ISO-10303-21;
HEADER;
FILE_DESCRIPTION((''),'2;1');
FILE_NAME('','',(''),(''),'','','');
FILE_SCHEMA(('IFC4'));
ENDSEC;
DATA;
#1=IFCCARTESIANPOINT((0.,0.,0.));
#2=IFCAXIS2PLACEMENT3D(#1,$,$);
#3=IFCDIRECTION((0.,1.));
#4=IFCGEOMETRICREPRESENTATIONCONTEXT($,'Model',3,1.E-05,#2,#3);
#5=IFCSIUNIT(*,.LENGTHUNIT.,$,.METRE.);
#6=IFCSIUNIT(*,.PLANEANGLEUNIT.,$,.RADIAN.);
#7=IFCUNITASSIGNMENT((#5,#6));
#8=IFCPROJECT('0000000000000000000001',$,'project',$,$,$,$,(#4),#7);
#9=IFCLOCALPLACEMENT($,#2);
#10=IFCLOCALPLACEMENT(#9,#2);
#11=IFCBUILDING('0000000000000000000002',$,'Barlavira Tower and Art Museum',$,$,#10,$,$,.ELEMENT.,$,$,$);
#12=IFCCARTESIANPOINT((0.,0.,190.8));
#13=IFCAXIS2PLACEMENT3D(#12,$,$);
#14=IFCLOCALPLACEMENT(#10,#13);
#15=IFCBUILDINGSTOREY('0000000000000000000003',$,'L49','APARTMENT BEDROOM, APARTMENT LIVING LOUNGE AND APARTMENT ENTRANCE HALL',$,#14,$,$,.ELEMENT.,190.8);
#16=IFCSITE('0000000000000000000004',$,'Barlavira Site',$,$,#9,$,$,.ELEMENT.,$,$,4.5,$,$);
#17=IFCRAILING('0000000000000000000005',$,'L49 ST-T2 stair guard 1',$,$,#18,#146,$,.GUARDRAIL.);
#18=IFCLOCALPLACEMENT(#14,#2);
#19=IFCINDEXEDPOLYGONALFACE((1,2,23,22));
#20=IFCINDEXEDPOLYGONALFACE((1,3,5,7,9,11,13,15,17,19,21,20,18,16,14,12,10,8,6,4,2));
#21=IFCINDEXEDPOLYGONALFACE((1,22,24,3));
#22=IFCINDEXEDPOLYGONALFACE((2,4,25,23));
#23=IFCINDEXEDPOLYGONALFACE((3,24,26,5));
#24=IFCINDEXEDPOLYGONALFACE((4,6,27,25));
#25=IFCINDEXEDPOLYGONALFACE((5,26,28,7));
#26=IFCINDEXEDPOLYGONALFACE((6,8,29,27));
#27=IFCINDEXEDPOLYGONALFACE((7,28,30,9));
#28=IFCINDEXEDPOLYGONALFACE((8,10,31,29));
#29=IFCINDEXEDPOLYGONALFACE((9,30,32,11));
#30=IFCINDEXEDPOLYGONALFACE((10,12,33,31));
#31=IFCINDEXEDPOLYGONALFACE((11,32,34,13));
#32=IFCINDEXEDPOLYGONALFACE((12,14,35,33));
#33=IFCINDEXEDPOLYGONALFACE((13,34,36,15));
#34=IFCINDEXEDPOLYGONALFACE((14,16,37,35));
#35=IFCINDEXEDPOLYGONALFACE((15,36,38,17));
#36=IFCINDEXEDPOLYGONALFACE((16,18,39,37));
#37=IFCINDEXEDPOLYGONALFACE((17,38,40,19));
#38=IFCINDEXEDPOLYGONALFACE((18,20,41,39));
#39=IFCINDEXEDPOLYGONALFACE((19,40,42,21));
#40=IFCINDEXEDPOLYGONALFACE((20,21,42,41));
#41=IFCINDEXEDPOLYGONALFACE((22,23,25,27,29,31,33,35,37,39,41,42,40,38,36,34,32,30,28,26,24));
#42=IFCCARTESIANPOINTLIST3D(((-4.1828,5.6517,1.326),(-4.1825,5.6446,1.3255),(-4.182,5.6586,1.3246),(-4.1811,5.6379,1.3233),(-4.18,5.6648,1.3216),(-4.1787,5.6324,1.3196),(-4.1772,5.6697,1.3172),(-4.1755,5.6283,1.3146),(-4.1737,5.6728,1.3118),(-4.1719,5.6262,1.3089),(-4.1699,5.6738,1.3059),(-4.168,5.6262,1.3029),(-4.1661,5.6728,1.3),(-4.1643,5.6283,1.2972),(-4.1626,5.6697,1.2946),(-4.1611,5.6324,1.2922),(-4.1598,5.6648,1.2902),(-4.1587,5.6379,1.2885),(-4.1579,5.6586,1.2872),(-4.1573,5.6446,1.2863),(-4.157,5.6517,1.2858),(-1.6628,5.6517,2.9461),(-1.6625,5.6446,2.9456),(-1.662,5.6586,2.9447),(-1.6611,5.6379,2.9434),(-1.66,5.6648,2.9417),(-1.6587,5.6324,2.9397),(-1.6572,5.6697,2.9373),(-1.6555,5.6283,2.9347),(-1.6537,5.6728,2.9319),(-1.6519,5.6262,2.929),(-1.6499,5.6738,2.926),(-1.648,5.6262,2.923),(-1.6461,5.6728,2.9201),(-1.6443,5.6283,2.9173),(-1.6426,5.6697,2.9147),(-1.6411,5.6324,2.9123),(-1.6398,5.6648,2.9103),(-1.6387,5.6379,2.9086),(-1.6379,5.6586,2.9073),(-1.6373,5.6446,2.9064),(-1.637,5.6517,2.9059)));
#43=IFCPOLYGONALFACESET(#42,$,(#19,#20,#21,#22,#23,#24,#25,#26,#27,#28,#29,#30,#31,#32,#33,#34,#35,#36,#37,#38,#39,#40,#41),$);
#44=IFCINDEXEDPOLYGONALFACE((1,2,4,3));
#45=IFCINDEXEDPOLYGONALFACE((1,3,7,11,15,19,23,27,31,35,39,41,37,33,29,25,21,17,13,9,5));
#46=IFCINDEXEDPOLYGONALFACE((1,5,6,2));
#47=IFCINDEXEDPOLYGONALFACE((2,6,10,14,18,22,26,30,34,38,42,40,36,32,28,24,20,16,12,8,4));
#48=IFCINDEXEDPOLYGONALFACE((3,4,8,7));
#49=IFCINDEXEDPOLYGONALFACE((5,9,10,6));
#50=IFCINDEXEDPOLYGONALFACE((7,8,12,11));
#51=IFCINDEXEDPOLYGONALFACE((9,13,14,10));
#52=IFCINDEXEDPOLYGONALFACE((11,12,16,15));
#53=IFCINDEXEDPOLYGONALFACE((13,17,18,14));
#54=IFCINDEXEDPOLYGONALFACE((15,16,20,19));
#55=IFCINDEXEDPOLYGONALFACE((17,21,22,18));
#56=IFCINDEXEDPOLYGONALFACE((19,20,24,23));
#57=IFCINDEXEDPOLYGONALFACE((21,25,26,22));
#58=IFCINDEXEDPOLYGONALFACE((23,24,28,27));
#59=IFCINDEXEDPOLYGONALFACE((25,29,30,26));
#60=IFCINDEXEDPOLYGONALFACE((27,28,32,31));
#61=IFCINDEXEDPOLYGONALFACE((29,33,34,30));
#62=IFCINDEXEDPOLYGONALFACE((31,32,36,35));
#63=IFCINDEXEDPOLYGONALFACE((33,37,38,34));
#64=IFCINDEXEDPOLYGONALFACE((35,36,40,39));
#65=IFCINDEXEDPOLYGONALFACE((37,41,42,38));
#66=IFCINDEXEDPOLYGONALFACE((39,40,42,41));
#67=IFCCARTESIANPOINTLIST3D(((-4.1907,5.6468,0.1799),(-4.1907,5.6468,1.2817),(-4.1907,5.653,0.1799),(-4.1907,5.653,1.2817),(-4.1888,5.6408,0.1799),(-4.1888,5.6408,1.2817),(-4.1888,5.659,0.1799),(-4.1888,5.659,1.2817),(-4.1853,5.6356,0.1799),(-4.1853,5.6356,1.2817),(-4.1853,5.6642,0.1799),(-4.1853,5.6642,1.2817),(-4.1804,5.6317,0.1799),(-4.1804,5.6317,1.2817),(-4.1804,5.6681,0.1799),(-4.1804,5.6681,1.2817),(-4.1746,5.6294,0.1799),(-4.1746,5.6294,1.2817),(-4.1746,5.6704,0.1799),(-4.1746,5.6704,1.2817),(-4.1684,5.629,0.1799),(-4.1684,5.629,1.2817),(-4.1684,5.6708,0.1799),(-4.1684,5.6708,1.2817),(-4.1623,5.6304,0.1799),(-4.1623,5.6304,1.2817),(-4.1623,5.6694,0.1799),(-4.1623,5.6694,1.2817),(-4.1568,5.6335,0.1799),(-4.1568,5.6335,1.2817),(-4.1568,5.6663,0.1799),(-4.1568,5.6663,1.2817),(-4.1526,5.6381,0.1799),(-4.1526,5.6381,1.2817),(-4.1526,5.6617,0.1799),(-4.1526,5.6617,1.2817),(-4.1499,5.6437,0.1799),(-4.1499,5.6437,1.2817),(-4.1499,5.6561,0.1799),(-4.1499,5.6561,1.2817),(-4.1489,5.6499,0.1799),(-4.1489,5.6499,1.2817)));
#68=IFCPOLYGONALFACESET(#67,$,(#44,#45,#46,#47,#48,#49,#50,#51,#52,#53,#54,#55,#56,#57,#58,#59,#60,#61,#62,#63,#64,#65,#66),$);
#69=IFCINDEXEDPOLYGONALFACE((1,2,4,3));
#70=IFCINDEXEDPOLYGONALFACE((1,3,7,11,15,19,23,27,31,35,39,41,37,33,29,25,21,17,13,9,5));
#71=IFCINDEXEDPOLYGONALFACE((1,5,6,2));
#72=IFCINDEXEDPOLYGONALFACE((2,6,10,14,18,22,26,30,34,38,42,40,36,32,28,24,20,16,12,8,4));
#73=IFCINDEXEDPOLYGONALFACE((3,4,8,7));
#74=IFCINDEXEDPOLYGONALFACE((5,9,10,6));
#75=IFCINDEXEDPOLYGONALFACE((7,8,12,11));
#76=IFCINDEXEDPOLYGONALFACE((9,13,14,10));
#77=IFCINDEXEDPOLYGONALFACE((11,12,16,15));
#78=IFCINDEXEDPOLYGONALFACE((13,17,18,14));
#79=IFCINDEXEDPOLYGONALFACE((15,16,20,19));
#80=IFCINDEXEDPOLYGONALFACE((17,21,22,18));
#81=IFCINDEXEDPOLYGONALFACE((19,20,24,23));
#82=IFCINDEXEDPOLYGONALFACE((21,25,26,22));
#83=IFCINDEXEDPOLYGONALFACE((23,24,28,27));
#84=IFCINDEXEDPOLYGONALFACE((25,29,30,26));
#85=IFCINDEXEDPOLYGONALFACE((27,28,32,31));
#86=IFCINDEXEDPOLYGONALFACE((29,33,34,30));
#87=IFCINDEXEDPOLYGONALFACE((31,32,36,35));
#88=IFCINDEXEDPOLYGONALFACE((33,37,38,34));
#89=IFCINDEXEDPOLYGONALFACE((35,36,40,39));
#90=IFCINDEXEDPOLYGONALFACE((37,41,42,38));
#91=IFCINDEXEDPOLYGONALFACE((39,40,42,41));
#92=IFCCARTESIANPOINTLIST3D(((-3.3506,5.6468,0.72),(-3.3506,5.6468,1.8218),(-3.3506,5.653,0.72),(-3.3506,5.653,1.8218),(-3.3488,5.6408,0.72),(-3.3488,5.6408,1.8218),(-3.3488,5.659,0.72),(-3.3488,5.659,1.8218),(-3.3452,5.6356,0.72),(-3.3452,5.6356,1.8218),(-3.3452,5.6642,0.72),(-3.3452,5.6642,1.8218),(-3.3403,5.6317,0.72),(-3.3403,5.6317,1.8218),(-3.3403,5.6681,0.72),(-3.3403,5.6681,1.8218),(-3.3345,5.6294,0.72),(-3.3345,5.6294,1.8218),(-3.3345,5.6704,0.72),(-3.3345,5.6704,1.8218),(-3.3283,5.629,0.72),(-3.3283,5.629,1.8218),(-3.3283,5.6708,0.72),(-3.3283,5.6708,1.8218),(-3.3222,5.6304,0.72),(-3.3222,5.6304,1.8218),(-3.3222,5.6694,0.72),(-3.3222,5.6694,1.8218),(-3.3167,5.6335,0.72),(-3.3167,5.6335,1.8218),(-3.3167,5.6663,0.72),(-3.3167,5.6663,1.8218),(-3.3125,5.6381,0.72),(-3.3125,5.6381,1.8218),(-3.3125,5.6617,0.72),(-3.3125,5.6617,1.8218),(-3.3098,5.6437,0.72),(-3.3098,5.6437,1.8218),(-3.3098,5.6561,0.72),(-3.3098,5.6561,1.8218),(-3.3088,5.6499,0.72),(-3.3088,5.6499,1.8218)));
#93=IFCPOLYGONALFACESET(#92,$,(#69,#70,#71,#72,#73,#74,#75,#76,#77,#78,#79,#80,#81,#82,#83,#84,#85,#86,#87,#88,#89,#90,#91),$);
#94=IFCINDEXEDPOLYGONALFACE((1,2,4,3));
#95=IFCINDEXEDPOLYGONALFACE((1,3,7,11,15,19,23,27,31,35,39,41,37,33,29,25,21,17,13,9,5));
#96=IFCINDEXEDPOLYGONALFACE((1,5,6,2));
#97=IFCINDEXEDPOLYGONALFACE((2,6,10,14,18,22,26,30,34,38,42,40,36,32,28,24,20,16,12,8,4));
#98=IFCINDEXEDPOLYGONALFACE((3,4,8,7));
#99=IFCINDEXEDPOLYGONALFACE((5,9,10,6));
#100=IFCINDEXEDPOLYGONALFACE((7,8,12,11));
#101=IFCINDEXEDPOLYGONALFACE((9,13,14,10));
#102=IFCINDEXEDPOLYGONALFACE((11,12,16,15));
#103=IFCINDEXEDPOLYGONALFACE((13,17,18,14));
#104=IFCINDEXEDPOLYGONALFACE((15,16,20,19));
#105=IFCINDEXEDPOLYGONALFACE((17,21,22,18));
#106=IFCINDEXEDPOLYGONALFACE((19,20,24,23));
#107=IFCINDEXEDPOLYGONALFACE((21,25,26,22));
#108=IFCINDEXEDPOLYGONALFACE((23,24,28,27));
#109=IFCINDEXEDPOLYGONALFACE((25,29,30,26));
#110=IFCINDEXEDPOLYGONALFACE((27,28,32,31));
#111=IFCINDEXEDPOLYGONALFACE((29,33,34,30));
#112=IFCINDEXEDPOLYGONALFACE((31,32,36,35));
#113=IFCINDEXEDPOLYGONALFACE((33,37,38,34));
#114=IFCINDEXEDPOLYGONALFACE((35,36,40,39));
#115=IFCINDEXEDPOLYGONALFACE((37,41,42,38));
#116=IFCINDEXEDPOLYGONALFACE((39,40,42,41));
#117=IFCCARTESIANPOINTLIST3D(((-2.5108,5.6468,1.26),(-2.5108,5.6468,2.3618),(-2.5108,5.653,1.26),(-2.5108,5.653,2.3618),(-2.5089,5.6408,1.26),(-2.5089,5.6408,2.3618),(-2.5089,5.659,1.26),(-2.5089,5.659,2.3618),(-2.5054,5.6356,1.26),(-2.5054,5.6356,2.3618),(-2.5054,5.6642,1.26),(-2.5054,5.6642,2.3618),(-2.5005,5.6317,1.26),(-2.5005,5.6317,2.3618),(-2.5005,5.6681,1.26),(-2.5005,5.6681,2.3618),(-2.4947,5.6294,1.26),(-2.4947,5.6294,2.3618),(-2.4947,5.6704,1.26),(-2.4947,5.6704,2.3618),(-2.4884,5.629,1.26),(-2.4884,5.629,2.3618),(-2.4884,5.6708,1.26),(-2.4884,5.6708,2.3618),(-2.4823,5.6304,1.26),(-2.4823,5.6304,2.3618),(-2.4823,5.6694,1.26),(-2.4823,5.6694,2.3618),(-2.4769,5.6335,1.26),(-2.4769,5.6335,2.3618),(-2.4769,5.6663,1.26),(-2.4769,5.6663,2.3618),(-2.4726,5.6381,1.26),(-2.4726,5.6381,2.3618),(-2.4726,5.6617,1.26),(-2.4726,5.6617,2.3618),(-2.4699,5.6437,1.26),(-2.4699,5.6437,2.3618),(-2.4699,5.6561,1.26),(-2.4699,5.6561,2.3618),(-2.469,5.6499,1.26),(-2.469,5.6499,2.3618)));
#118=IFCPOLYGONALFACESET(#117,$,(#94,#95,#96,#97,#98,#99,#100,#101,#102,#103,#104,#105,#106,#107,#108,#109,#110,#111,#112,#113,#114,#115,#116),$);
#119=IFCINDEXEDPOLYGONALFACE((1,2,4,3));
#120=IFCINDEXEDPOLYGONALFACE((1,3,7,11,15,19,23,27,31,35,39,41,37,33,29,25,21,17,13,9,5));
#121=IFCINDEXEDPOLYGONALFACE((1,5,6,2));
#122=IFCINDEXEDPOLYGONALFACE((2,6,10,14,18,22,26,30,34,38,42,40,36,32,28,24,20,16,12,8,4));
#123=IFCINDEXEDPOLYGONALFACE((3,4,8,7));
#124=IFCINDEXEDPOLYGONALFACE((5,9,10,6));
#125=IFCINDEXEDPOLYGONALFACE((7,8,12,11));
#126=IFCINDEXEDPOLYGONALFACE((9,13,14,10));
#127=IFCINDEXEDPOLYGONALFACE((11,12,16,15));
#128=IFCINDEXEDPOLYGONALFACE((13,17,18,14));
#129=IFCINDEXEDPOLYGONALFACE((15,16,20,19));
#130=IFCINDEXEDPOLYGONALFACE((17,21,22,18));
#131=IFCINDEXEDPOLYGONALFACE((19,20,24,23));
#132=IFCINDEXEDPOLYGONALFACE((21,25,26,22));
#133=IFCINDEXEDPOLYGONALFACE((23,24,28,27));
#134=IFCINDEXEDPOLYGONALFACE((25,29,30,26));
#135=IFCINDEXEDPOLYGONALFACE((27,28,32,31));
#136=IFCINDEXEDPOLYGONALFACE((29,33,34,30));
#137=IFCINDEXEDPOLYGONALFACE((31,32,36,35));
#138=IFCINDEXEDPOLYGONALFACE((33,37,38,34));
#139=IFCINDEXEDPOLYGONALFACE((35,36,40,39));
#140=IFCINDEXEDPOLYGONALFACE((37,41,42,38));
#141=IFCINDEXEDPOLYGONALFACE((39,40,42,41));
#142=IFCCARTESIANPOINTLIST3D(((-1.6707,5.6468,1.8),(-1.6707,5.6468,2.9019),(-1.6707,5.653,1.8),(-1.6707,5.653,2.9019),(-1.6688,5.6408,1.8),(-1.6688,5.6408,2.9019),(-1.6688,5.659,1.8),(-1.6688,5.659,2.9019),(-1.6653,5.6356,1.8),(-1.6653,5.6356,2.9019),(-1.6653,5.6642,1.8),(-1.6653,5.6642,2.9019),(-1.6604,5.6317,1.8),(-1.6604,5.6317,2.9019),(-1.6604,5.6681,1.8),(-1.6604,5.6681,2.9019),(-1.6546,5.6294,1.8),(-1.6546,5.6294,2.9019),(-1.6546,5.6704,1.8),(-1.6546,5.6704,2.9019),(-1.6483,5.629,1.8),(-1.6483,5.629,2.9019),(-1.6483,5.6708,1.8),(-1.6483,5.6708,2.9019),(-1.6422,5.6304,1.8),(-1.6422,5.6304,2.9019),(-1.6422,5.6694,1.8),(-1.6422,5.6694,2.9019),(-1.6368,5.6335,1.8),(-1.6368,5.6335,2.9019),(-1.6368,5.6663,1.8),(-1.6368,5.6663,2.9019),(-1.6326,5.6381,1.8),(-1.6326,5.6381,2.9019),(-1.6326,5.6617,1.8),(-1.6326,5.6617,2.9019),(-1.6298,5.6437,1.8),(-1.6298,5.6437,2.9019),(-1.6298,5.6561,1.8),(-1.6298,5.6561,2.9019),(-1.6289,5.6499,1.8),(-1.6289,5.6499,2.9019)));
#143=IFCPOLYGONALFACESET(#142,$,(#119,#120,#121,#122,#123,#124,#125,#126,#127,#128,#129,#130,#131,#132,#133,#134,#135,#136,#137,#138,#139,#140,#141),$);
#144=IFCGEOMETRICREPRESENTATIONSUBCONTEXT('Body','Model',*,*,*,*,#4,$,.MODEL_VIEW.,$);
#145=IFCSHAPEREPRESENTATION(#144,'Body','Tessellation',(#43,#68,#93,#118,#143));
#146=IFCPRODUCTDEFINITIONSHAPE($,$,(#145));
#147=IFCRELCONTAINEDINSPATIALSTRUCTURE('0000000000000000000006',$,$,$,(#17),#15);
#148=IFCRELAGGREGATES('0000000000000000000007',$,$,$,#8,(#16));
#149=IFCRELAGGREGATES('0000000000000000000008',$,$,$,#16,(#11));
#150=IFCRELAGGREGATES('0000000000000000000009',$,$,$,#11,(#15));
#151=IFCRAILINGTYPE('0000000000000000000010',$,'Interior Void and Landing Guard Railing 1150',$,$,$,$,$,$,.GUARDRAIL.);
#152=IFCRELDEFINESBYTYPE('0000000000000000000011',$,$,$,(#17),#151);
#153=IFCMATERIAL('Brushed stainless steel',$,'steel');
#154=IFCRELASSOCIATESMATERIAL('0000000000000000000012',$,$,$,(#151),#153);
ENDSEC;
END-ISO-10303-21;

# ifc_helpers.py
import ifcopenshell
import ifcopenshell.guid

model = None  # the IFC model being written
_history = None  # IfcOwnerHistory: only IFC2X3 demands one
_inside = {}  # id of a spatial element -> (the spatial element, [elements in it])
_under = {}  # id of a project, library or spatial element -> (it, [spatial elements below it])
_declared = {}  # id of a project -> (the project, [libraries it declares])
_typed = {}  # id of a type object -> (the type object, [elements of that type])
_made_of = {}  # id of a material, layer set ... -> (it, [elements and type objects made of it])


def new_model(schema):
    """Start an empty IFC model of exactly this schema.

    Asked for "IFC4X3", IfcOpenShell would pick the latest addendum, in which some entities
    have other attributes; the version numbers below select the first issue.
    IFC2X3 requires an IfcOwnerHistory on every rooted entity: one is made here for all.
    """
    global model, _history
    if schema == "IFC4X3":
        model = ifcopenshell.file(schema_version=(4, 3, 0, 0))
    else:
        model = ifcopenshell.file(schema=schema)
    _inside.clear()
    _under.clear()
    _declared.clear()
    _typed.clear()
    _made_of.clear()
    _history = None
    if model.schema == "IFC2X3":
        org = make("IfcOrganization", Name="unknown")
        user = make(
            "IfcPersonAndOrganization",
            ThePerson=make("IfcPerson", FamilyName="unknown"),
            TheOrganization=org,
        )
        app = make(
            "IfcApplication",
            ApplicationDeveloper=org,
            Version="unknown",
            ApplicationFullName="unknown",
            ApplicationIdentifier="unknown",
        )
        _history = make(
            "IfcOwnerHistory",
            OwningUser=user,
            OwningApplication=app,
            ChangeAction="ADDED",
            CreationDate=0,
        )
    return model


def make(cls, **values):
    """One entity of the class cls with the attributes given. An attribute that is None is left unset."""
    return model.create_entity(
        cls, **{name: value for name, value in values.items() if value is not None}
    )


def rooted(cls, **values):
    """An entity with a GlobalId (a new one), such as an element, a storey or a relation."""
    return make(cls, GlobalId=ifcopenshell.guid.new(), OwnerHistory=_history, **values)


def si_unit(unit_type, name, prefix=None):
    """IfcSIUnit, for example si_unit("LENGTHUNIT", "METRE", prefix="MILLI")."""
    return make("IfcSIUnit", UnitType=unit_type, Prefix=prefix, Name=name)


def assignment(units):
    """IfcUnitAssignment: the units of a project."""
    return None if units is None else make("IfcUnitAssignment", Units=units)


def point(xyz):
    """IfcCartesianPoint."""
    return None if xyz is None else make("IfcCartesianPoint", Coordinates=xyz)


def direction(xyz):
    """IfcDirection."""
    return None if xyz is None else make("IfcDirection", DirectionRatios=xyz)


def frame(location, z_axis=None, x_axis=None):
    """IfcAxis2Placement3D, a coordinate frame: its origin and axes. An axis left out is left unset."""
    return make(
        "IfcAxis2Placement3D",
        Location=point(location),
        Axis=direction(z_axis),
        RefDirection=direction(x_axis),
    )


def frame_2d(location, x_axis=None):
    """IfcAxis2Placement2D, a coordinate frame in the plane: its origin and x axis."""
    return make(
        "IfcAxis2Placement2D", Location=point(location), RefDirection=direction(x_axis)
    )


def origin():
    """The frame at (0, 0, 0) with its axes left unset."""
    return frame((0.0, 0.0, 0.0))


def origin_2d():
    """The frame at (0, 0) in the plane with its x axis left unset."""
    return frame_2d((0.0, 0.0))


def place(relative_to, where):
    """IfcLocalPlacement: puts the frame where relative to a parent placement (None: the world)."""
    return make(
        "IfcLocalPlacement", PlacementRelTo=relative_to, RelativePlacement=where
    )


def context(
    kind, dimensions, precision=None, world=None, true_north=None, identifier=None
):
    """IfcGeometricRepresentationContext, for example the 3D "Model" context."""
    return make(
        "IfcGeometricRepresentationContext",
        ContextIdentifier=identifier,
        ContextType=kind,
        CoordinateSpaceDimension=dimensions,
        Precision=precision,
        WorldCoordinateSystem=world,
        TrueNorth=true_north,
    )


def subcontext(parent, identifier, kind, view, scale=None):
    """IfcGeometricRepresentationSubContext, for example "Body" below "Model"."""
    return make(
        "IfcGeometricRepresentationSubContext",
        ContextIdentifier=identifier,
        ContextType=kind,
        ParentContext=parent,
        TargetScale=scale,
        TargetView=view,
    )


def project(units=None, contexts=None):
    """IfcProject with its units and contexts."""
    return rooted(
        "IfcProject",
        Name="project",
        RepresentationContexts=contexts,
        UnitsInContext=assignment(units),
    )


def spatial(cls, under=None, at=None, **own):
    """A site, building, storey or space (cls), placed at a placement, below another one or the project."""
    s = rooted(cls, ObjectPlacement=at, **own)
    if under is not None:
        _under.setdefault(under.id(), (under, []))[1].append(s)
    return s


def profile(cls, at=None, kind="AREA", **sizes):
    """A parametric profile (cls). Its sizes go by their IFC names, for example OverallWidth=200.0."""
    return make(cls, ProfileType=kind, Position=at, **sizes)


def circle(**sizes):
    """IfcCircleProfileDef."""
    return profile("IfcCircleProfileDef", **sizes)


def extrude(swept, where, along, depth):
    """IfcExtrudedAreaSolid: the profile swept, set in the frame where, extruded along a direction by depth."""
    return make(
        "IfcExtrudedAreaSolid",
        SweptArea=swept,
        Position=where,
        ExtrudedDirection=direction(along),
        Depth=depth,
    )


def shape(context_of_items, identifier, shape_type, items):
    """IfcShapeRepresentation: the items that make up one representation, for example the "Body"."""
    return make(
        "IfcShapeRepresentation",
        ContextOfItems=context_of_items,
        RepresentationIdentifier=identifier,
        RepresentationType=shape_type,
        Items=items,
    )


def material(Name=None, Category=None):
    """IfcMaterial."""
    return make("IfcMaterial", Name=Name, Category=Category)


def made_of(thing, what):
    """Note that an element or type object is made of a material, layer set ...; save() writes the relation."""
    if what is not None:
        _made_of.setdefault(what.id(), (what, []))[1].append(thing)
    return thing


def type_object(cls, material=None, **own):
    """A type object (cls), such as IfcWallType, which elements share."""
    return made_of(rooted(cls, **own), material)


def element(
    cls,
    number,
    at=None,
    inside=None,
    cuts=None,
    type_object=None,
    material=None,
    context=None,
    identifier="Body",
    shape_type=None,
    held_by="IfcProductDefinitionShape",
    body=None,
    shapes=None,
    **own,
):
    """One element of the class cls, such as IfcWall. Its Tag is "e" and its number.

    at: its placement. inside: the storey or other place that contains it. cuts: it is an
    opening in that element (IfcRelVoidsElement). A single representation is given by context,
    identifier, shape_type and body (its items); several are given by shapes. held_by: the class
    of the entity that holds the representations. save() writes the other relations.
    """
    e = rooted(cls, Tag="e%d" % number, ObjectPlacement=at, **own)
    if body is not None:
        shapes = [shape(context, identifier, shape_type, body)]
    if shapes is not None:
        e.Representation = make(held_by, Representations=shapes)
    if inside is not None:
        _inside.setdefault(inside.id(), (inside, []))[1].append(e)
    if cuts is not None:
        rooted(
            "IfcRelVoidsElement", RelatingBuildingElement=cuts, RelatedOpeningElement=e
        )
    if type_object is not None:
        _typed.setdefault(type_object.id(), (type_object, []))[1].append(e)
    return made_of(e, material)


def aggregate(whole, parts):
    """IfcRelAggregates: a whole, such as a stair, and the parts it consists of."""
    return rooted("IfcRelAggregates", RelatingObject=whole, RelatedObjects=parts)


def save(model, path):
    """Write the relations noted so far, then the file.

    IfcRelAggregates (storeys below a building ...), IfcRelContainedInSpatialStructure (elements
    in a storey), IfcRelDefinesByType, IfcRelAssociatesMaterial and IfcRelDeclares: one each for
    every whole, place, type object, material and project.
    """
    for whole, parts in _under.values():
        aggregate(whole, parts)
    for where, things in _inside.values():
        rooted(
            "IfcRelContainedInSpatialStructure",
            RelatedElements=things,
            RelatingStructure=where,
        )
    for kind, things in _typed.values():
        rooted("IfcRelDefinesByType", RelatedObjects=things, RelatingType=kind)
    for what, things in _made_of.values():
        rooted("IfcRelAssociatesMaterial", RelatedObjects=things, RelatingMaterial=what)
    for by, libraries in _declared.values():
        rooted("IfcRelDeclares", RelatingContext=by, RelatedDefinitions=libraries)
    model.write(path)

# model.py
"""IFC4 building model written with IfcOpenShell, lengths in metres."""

from ifc_helpers import new_model, si_unit, direction, frame, origin, origin_2d, place, context, subcontext, project, spatial, circle, extrude, material, type_object, element, save


model = new_model("IFC4")

# Units and contexts
model_context = context("Model", 3, precision=1e-05, world=origin(), true_north=direction((0.0, 1.0)))
body_context = subcontext(model_context, "Body", "Model", "MODEL_VIEW")
ifc_project = project(units=[si_unit("LENGTHUNIT", "METRE"), si_unit("PLANEANGLEUNIT", "RADIAN")], contexts=[model_context])

# Site, building, storey
site_placement = place(None, origin())
site = spatial("IfcSite", under=ifc_project, at=site_placement, Name="Barlavira Site", CompositionType="ELEMENT", RefElevation=4.5)
building_placement = place(site_placement, origin())
building = spatial("IfcBuilding", under=site, at=building_placement, Name="Barlavira Tower and Art Museum", CompositionType="ELEMENT")
storey_placement = place(building_placement, frame((0.0, 0.0, 190.8)))
storey = spatial("IfcBuildingStorey", under=building, at=storey_placement, Name="L49", Description="APARTMENT BEDROOM, APARTMENT LIVING LOUNGE AND APARTMENT ENTRANCE HALL", CompositionType="ELEMENT", Elevation=190.8)

# Shared definitions
ifc_material_1 = material(Name="Brushed stainless steel", Category="steel")

# Railing
railing_type_1 = type_object("IfcRailingType", Name="Interior Void and Landing Guard Railing 1150", PredefinedType="GUARDRAIL", material=ifc_material_1)
railing_1_placement = place(storey_placement, frame((-4.1699, 5.6499, 0.1799)))
element("IfcRailing", 1, at=railing_1_placement, inside=storey, type_object=railing_type_1, Name="L49 ST-T2 stair guard 1", PredefinedType="GUARDRAIL", context=body_context, shape_type="SweptSolid", body=[
    extrude(circle(Radius=0.0239, at=origin_2d()), frame((0.0, 0.0, 1.126), z_axis=(0.841163, 0.0, 0.540782), x_axis=(0.0, 1.0, 0.0)), (0.0, 0.0, 1.0), 2.9958),
    extrude(circle(Radius=0.021, at=origin_2d()), origin(), (0.0, 0.0, 1.0), 1.1018),
    extrude(circle(Radius=0.021, at=origin_2d()), frame((0.8401, 0.0, 0.54)), (0.0, 0.0, 1.0), 1.1018),
    extrude(circle(Radius=0.021, at=origin_2d()), frame((1.6799, 0.0, 1.0801)), (0.0, 0.0, 1.0), 1.1018),
    extrude(circle(Radius=0.021, at=origin_2d()), frame((2.52, 0.0, 1.6201)), (0.0, 0.0, 1.0), 1.1018),
])

save(model, "model.ifc")
